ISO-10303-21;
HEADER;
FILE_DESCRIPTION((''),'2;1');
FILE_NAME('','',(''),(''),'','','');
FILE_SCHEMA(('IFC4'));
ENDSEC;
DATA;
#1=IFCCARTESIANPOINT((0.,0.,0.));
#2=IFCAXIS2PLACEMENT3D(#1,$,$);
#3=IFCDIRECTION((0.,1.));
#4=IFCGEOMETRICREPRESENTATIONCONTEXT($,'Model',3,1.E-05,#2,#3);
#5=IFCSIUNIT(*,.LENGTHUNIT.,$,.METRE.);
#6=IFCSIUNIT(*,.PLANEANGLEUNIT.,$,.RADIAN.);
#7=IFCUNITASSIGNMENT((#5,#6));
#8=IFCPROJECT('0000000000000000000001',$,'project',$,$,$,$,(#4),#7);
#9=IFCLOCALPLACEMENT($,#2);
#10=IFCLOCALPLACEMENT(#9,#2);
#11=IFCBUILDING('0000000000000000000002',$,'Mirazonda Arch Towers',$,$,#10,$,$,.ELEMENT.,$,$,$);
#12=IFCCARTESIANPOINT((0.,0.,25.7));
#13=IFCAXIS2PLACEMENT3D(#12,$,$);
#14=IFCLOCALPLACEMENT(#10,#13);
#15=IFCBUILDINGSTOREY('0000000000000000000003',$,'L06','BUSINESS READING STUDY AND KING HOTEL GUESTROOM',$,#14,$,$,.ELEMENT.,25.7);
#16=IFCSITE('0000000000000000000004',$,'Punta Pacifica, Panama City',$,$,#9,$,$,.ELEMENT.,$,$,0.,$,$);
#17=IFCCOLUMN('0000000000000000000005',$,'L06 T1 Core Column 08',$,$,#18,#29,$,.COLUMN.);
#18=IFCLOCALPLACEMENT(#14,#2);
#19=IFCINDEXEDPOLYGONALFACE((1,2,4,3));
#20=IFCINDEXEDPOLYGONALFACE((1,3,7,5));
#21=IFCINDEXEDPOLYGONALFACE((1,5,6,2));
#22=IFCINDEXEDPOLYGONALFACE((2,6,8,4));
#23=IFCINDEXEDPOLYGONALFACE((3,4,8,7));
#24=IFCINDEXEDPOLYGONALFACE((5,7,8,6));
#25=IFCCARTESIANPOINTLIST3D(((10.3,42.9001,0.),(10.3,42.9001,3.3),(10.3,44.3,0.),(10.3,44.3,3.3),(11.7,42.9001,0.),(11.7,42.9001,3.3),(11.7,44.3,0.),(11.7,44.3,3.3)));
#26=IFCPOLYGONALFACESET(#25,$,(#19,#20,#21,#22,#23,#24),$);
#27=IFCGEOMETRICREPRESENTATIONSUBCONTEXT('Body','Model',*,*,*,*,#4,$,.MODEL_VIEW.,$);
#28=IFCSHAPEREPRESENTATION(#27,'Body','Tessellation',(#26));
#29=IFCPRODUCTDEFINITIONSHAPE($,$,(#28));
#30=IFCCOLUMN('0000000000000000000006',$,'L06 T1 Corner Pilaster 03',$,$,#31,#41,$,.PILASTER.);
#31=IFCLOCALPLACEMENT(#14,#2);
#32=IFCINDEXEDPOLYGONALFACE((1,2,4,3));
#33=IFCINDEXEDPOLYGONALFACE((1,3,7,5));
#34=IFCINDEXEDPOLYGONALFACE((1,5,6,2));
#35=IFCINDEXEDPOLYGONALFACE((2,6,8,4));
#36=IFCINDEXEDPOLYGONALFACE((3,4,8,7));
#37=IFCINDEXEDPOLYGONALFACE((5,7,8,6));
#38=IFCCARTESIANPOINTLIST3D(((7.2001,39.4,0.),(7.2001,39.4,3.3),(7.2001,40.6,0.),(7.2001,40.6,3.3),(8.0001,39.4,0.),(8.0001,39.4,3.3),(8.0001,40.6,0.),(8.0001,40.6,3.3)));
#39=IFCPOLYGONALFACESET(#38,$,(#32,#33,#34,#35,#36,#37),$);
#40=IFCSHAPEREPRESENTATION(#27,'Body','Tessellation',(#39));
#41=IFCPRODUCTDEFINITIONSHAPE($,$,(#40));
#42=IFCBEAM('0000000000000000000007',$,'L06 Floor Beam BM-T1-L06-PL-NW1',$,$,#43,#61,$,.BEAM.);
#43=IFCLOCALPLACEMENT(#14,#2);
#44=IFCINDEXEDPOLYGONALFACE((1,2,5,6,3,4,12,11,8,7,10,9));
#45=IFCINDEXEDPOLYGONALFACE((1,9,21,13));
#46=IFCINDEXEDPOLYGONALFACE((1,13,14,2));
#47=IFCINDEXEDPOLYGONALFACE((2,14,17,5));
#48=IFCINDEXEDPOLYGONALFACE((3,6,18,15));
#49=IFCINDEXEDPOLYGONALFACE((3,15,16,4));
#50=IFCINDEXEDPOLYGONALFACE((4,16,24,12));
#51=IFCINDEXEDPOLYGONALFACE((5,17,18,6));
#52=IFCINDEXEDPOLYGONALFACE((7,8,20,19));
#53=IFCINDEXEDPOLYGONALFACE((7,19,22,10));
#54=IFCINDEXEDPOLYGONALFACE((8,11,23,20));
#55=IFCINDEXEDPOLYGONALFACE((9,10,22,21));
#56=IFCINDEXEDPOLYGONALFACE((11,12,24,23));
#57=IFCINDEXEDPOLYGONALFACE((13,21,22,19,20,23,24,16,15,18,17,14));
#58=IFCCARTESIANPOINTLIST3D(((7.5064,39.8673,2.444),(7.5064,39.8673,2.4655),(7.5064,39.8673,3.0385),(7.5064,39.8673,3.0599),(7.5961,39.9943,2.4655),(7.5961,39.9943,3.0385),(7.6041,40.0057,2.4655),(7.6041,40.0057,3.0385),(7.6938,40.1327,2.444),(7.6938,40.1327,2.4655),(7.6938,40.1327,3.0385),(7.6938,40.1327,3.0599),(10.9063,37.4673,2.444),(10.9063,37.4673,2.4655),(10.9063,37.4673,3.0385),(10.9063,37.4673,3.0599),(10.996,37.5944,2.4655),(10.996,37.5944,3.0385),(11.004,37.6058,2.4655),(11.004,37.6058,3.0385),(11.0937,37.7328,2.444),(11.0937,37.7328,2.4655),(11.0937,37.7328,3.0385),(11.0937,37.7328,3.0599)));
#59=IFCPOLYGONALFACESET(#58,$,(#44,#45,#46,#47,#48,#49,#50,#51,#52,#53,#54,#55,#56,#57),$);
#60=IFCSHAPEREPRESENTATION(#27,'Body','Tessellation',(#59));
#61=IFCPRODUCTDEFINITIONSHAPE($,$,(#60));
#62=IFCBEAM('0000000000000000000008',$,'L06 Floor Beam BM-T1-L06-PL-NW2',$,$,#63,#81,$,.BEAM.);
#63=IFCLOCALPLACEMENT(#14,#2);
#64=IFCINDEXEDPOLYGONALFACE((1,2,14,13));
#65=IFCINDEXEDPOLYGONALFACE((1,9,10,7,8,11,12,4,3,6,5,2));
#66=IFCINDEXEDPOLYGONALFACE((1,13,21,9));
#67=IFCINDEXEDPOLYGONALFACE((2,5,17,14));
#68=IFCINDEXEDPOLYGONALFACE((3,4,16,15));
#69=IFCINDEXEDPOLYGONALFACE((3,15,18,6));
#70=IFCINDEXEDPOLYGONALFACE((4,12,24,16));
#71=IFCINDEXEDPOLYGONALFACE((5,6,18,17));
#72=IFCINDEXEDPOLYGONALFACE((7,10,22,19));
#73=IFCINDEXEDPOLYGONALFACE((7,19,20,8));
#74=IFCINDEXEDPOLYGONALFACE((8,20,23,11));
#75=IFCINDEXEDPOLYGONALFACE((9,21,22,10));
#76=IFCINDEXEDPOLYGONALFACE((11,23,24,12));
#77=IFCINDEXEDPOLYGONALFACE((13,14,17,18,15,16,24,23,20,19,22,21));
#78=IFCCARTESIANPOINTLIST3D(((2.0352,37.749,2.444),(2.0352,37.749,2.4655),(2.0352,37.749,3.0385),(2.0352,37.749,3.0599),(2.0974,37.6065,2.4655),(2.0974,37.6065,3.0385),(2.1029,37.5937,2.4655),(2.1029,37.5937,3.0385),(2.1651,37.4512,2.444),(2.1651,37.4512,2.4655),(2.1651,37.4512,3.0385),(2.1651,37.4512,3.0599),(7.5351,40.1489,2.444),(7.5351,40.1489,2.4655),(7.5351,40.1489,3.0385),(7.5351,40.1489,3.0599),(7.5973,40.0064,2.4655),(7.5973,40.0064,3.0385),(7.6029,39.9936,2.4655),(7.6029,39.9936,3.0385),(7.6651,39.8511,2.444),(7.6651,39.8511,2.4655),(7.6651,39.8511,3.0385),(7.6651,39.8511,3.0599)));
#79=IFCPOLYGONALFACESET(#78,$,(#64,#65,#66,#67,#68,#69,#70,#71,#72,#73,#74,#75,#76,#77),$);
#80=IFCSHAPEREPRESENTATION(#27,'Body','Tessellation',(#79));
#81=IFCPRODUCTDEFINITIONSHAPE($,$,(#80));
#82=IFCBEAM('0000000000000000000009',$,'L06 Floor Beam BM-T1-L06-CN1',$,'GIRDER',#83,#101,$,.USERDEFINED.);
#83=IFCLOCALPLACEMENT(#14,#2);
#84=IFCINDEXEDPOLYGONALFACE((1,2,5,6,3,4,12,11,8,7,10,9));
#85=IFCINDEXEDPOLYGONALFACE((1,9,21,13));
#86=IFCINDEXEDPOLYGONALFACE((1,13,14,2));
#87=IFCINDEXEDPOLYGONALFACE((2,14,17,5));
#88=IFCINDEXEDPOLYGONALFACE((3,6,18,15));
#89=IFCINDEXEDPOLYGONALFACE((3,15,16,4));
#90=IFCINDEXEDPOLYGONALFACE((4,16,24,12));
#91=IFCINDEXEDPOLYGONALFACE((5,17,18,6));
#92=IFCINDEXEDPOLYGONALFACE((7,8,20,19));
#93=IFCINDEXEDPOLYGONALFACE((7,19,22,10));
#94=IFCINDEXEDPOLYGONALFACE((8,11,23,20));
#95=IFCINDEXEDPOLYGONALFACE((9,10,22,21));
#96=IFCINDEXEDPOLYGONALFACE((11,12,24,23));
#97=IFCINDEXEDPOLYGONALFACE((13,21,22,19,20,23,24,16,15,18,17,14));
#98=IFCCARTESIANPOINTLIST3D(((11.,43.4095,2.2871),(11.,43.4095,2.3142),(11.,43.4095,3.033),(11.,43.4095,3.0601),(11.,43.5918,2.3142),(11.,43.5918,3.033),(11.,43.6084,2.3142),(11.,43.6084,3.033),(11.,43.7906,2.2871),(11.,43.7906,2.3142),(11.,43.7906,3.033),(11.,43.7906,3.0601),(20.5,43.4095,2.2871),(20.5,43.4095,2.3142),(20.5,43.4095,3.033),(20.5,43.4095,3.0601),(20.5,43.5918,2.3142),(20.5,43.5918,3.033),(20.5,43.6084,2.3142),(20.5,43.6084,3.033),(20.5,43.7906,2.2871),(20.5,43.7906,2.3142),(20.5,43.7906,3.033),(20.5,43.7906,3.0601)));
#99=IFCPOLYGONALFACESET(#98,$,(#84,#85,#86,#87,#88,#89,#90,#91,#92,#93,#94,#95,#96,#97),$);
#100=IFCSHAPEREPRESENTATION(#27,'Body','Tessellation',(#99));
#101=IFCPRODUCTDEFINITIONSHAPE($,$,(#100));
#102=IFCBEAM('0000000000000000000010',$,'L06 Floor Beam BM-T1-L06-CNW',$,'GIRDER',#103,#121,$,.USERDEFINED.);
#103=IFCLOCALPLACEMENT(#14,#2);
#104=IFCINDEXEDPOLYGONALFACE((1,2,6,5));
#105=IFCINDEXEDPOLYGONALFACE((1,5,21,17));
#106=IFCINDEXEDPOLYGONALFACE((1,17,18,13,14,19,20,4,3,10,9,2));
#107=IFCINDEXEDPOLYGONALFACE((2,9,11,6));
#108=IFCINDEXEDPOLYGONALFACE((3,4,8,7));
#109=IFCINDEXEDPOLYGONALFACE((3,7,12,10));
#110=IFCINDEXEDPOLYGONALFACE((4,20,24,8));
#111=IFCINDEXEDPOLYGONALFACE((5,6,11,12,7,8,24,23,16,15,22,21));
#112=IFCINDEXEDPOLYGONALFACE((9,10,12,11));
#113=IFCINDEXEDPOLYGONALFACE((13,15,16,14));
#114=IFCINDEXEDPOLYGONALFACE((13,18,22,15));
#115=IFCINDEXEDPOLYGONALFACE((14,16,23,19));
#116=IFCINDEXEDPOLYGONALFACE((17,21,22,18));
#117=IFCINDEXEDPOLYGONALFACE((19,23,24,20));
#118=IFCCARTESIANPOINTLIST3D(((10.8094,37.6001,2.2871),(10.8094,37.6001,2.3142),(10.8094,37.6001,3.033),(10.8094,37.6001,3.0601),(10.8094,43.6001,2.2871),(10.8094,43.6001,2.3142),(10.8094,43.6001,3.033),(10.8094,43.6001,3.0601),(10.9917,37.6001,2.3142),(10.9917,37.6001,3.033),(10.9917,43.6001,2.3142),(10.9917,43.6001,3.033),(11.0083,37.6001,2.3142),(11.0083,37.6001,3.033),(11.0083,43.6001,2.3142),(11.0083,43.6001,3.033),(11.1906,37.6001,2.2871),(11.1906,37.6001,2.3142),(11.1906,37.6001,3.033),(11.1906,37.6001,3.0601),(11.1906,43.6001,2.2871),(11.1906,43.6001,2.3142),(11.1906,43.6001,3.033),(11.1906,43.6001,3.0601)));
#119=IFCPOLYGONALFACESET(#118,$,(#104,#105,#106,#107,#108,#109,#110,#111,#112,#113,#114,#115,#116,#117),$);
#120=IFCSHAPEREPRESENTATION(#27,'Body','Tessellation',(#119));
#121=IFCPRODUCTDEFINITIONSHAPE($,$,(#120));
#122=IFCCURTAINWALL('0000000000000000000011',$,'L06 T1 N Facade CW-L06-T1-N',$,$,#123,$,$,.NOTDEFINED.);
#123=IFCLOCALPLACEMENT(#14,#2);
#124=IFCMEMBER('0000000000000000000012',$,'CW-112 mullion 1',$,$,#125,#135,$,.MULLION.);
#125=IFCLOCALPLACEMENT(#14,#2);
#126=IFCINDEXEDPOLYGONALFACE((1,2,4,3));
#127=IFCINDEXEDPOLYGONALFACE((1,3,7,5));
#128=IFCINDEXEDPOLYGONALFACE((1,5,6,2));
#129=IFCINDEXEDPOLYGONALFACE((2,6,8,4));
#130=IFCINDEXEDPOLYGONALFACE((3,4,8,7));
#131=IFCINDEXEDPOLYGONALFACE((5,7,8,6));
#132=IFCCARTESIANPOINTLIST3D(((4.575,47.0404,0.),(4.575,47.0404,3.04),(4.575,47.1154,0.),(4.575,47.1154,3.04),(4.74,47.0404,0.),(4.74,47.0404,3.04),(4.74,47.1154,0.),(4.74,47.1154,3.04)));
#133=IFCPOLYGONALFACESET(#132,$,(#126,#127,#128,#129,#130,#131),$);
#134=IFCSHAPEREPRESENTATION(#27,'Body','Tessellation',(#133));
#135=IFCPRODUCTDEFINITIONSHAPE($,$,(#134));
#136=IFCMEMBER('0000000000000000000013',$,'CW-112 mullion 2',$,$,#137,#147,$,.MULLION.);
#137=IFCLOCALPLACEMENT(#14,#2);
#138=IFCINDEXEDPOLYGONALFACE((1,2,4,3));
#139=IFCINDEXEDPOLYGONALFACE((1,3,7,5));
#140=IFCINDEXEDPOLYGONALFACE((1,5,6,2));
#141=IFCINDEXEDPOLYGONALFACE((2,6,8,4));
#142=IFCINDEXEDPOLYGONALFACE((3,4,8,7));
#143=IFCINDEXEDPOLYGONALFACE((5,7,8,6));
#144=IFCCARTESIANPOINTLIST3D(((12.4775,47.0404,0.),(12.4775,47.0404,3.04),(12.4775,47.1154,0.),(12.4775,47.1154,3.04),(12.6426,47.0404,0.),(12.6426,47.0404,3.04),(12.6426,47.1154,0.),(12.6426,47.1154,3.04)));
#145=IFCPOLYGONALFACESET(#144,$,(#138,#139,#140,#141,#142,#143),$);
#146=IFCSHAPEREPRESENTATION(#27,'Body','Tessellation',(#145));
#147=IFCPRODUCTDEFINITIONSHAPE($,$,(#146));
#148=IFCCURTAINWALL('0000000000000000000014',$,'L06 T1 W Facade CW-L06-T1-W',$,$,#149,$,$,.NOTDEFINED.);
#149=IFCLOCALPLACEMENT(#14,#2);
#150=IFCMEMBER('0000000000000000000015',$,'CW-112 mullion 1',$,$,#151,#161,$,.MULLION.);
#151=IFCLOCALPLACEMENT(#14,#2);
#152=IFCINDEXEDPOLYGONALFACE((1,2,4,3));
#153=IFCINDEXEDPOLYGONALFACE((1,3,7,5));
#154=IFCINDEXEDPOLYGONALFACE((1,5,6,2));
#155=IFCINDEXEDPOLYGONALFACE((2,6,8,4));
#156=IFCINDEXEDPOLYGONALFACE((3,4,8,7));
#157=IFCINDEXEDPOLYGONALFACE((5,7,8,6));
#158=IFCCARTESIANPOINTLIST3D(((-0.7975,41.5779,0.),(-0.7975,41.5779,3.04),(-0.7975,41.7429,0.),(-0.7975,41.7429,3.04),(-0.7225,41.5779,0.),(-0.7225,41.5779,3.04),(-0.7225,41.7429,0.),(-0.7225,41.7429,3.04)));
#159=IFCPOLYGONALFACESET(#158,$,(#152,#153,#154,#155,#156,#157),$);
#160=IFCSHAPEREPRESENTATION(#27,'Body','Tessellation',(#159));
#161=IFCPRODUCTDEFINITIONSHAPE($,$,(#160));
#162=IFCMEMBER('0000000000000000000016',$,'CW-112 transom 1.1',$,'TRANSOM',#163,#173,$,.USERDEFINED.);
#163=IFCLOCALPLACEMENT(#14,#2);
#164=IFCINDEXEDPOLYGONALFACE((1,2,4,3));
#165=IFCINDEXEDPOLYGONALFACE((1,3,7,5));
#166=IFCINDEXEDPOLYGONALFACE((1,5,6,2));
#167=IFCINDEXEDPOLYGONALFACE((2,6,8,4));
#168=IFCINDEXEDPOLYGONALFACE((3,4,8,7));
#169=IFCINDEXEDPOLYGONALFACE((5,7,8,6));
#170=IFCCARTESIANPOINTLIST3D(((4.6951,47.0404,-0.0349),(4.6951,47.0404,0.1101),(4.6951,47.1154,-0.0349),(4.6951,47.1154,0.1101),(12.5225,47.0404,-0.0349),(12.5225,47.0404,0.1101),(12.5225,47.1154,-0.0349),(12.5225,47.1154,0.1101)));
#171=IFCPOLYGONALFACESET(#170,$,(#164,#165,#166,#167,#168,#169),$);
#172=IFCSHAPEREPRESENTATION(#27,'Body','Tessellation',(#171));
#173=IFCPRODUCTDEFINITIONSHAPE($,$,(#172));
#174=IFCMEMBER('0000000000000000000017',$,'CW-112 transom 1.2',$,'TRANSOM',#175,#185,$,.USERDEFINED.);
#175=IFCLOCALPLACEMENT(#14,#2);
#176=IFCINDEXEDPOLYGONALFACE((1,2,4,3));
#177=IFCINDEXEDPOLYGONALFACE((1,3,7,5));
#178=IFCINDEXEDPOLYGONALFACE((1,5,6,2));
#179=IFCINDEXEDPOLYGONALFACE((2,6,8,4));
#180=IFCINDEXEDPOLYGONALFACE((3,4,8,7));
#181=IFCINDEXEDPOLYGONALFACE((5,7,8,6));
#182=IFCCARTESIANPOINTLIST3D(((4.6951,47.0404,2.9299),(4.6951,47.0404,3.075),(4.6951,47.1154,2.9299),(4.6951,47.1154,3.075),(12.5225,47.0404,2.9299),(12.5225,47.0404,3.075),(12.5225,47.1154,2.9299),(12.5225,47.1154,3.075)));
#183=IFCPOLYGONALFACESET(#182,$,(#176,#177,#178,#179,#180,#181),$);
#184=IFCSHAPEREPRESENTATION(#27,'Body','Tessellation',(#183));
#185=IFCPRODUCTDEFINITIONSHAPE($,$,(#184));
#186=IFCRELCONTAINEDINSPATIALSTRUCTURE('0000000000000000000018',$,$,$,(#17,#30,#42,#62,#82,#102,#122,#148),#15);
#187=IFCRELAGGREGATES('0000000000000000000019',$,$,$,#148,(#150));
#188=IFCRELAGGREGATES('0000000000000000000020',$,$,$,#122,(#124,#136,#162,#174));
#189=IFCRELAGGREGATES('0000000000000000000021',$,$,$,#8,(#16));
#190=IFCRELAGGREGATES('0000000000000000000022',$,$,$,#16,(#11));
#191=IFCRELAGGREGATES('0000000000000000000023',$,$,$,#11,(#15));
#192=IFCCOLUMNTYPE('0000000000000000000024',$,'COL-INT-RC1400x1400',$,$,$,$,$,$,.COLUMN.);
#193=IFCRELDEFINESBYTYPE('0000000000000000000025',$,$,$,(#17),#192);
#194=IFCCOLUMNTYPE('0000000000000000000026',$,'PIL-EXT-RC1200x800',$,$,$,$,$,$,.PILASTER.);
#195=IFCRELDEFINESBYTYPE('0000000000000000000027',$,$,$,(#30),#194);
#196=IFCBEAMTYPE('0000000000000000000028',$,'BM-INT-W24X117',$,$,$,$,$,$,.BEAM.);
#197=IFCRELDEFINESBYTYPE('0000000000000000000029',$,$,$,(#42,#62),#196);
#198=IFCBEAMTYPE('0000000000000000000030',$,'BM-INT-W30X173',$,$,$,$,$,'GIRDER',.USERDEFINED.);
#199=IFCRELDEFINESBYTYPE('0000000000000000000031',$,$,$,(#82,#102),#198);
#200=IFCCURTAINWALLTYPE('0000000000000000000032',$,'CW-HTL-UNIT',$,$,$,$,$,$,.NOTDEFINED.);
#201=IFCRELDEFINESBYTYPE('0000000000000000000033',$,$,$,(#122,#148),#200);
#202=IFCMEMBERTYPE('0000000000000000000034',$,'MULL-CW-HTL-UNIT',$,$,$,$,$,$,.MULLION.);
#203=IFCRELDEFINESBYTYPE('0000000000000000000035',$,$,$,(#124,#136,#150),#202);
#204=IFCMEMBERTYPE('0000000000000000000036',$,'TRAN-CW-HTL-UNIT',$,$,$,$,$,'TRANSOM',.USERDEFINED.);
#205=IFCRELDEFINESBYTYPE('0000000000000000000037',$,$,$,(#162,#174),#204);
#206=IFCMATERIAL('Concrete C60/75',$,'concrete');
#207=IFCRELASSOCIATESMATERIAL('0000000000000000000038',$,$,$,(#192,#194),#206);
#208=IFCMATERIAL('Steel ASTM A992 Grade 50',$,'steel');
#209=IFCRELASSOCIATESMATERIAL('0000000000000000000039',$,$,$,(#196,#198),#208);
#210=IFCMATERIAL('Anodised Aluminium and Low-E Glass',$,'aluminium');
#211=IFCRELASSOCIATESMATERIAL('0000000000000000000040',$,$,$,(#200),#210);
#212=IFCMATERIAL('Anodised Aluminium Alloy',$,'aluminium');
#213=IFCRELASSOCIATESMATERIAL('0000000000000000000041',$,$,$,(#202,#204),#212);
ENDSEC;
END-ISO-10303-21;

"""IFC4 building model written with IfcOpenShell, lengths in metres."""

from ifc_helpers import new_model, si_unit, direction, frame, origin, origin_2d, place, context, subcontext, project, spatial, rectangle, i_section, extrude, material, material_profile, profile_set, type_object, element, aggregate, save


model = new_model("IFC4")

# Units and contexts
model_context = context("Model", 3, precision=1e-05, world=origin(), true_north=direction((0.0, 1.0)))
body_context = subcontext(model_context, "Body", "Model", "MODEL_VIEW")
ifc_project = project(units=[si_unit("LENGTHUNIT", "METRE"), si_unit("PLANEANGLEUNIT", "RADIAN")], contexts=[model_context])

# Site, building, storey
site_placement = place(None, origin())
site = spatial("IfcSite", under=ifc_project, at=site_placement, Name="Punta Pacifica, Panama City", CompositionType="ELEMENT", RefElevation=0.0)
building_placement = place(site_placement, origin())
building = spatial("IfcBuilding", under=site, at=building_placement, Name="Mirazonda Arch Towers", CompositionType="ELEMENT")
storey_placement = place(building_placement, frame((0.0, 0.0, 25.7)))
storey = spatial("IfcBuildingStorey", under=building, at=storey_placement, Name="L06", Description="BUSINESS READING STUDY AND KING HOTEL GUESTROOM", CompositionType="ELEMENT", Elevation=25.7)

# Columns
ifc_material_1 = material(Name="Concrete C60/75", Category="concrete")
ifc_material_profile_1 = material_profile(ifc_material_1, rectangle(XDim=1.3999, YDim=1.3999, at=origin_2d()), Name="RC1400x1400")
ifc_profile_set_1 = profile_set([ifc_material_profile_1], Name="Concrete C60/75")
column_type_1 = type_object("IfcColumnType", Name="COL-INT-RC1400x1400", PredefinedType="COLUMN", material=ifc_profile_set_1)
column_1_placement = place(storey_placement, frame((11.0, 43.6001, 0.0), z_axis=(0.0, 0.0, 1.0), x_axis=(1.0, 0.0, 0.0)))
element("IfcColumn", 1, at=column_1_placement, inside=storey, type_object=column_type_1, Name="L06 T1 Core Column 08", PredefinedType="COLUMN", context=body_context, shape_type="SweptSolid", body=[
    extrude(rectangle(XDim=1.3999, YDim=1.3999, at=origin_2d()), origin(), (0.0, 0.0, 1.0), 3.3),
])
ifc_material_profile_2 = material_profile(ifc_material_1, rectangle(XDim=0.8, YDim=1.2, at=origin_2d()), Name="RC1200x800")
ifc_profile_set_2 = profile_set([ifc_material_profile_2], Name="Concrete C60/75")
column_type_2 = type_object("IfcColumnType", Name="PIL-EXT-RC1200x800", PredefinedType="PILASTER", material=ifc_profile_set_2)
column_2_placement = place(storey_placement, frame((7.6001, 40.0, 0.0), z_axis=(0.0, 0.0, 1.0), x_axis=(1.0, 0.0, 0.0)))
element("IfcColumn", 2, at=column_2_placement, inside=storey, type_object=column_type_2, Name="L06 T1 Corner Pilaster 03", PredefinedType="PILASTER", context=body_context, shape_type="SweptSolid", body=[
    extrude(rectangle(XDim=0.8, YDim=1.2, at=origin_2d()), origin(), (0.0, 0.0, 1.0), 3.3),
])

# Beams
ifc_material_2 = material(Name="Steel ASTM A992 Grade 50", Category="steel")
ifc_material_profile_3 = material_profile(ifc_material_2, i_section(OverallWidth=0.325, OverallDepth=0.616, WebThickness=0.0139, FlangeThickness=0.0215, at=origin_2d()), Name="W24X117")
ifc_profile_set_3 = profile_set([ifc_material_profile_3], Name="Steel ASTM A992 Grade 50")
beam_type_1 = type_object("IfcBeamType", Name="BM-INT-W24X117", PredefinedType="BEAM", material=ifc_profile_set_3)
beam_1_placement = place(storey_placement, frame((7.6001, 40.0, 2.752), z_axis=(0.816971, -0.576679, 0.0), x_axis=(0.576679, 0.816971, 0.0)))
element("IfcBeam", 3, at=beam_1_placement, inside=storey, type_object=beam_type_1, Name="L06 Floor Beam BM-T1-L06-PL-NW1", PredefinedType="BEAM", context=body_context, shape_type="SweptSolid", body=[
    extrude(i_section(OverallWidth=0.325, OverallDepth=0.616, WebThickness=0.0139, FlangeThickness=0.0215, at=origin_2d()), origin(), (0.0, 0.0, 1.0), 4.1616),
])
beam_2_placement = place(storey_placement, frame((7.6001, 40.0, 2.752), z_axis=(-0.916545, -0.399931, 0.0), x_axis=(0.399931, -0.916545, 0.0)))
element("IfcBeam", 4, at=beam_2_placement, inside=storey, type_object=beam_type_1, Name="L06 Floor Beam BM-T1-L06-PL-NW2", PredefinedType="BEAM", context=body_context, shape_type="SweptSolid", body=[
    extrude(i_section(OverallWidth=0.325, OverallDepth=0.616, WebThickness=0.0139, FlangeThickness=0.0215, at=origin_2d()), origin(), (0.0, 0.0, 1.0), 6.0007),
])
ifc_material_profile_4 = material_profile(ifc_material_2, i_section(OverallWidth=0.3811, OverallDepth=0.7729, WebThickness=0.0166, FlangeThickness=0.0271, at=origin_2d()), Name="W30X173")
ifc_profile_set_4 = profile_set([ifc_material_profile_4], Name="Steel ASTM A992 Grade 50")
beam_type_2 = type_object("IfcBeamType", Name="BM-INT-W30X173", ElementType="GIRDER", PredefinedType="USERDEFINED", material=ifc_profile_set_4)
beam_3_placement = place(storey_placement, frame((11.0, 43.6001, 2.6736), z_axis=(1.0, 0.0, 0.0), x_axis=(0.0, 1.0, 0.0)))
element("IfcBeam", 5, at=beam_3_placement, inside=storey, type_object=beam_type_2, Name="L06 Floor Beam BM-T1-L06-CN1", ObjectType="GIRDER", PredefinedType="USERDEFINED", context=body_context, shape_type="SweptSolid", body=[
    extrude(i_section(OverallWidth=0.3811, OverallDepth=0.7729, WebThickness=0.0166, FlangeThickness=0.0271, at=origin_2d()), origin(), (0.0, 0.0, 1.0), 9.5),
])
beam_4_placement = place(storey_placement, frame((11.0, 37.6001, 2.6736), z_axis=(0.0, 1.0, 0.0), x_axis=(-1.0, 0.0, 0.0)))
element("IfcBeam", 6, at=beam_4_placement, inside=storey, type_object=beam_type_2, Name="L06 Floor Beam BM-T1-L06-CNW", ObjectType="GIRDER", PredefinedType="USERDEFINED", context=body_context, shape_type="SweptSolid", body=[
    extrude(i_section(OverallWidth=0.3811, OverallDepth=0.7729, WebThickness=0.0166, FlangeThickness=0.0271, at=origin_2d()), origin(), (0.0, 0.0, 1.0), 6.0),
])

# Curtain wall, members
ifc_material_3 = material(Name="Anodised Aluminium and Low-E Glass", Category="aluminium")
curtain_wall_type = type_object("IfcCurtainWallType", Name="CW-HTL-UNIT", PredefinedType="NOTDEFINED", material=ifc_material_3)
curtain_wall_1_placement = place(storey_placement, origin())
curtain_wall_1 = element("IfcCurtainWall", 7, at=curtain_wall_1_placement, inside=storey, type_object=curtain_wall_type, Name="L06 T1 N Facade CW-L06-T1-N", PredefinedType="NOTDEFINED")
ifc_material_4 = material(Name="Anodised Aluminium Alloy", Category="aluminium")
ifc_material_profile_5 = material_profile(ifc_material_4, rectangle(XDim=0.075, YDim=0.165, at=origin_2d()), Name="ALU-MULL-75x165")
ifc_profile_set_5 = profile_set([ifc_material_profile_5], Name="Anodised Aluminium Alloy")
member_type_1 = type_object("IfcMemberType", Name="MULL-CW-HTL-UNIT", PredefinedType="MULLION", material=ifc_profile_set_5)
member_1_placement = place(storey_placement, frame((4.6575, 47.0779, 0.0), z_axis=(0.0, 0.0, 1.0), x_axis=(0.0, 1.0, 0.0)))
member_1 = element("IfcMember", 8, at=member_1_placement, type_object=member_type_1, Name="CW-112 mullion 1", PredefinedType="MULLION", context=body_context, shape_type="SweptSolid", body=[
    extrude(rectangle(XDim=0.075, YDim=0.165, at=origin_2d()), origin(), (0.0, 0.0, 1.0), 3.04),
])
member_2_placement = place(storey_placement, frame((12.5601, 47.0779, 0.0), z_axis=(0.0, 0.0, 1.0), x_axis=(0.0, 1.0, 0.0)))
member_2 = element("IfcMember", 9, at=member_2_placement, type_object=member_type_1, Name="CW-112 mullion 2", PredefinedType="MULLION", context=body_context, shape_type="SweptSolid", body=[
    extrude(rectangle(XDim=0.075, YDim=0.165, at=origin_2d()), origin(), (0.0, 0.0, 1.0), 3.04),
])

# Curtain wall, member
curtain_wall_2_placement = place(storey_placement, origin())
curtain_wall_2 = element("IfcCurtainWall", 10, at=curtain_wall_2_placement, inside=storey, type_object=curtain_wall_type, Name="L06 T1 W Facade CW-L06-T1-W", PredefinedType="NOTDEFINED")
member_3_placement = place(storey_placement, frame((-0.76, 41.6604, 0.0), z_axis=(0.0, 0.0, 1.0), x_axis=(1.0, 0.0, 0.0)))
member_3 = element("IfcMember", 11, at=member_3_placement, type_object=member_type_1, Name="CW-112 mullion 1", PredefinedType="MULLION", context=body_context, shape_type="SweptSolid", body=[
    extrude(rectangle(XDim=0.075, YDim=0.165, at=origin_2d()), origin(), (0.0, 0.0, 1.0), 3.04),
])

# Members
ifc_material_profile_6 = material_profile(ifc_material_4, rectangle(XDim=0.075, YDim=0.145, at=origin_2d()), Name="ALU-TRAN-75x145")
ifc_profile_set_6 = profile_set([ifc_material_profile_6], Name="Anodised Aluminium Alloy")
member_type_2 = type_object("IfcMemberType", Name="TRAN-CW-HTL-UNIT", ElementType="TRANSOM", PredefinedType="USERDEFINED", material=ifc_profile_set_6)
member_4_placement = place(storey_placement, frame((4.6951, 47.0779, 0.0376), z_axis=(1.0, 0.0, 0.0), x_axis=(0.0, 1.0, 0.0)))
member_4 = element("IfcMember", 12, at=member_4_placement, type_object=member_type_2, Name="CW-112 transom 1.1", ObjectType="TRANSOM", PredefinedType="USERDEFINED", context=body_context, shape_type="SweptSolid", body=[
    extrude(rectangle(XDim=0.075, YDim=0.145, at=origin_2d()), origin(), (0.0, 0.0, 1.0), 7.8274),
])
member_5_placement = place(storey_placement, frame((4.6951, 47.0779, 3.0024), z_axis=(1.0, 0.0, 0.0), x_axis=(0.0, 1.0, 0.0)))
member_5 = element("IfcMember", 13, at=member_5_placement, type_object=member_type_2, Name="CW-112 transom 1.2", ObjectType="TRANSOM", PredefinedType="USERDEFINED", context=body_context, shape_type="SweptSolid", body=[
    extrude(rectangle(XDim=0.075, YDim=0.145, at=origin_2d()), origin(), (0.0, 0.0, 1.0), 7.8274),
])
aggregate(curtain_wall_2, [member_3])

aggregate(curtain_wall_1, [member_1, member_2, member_4, member_5])

save(model, "model.ifc")
